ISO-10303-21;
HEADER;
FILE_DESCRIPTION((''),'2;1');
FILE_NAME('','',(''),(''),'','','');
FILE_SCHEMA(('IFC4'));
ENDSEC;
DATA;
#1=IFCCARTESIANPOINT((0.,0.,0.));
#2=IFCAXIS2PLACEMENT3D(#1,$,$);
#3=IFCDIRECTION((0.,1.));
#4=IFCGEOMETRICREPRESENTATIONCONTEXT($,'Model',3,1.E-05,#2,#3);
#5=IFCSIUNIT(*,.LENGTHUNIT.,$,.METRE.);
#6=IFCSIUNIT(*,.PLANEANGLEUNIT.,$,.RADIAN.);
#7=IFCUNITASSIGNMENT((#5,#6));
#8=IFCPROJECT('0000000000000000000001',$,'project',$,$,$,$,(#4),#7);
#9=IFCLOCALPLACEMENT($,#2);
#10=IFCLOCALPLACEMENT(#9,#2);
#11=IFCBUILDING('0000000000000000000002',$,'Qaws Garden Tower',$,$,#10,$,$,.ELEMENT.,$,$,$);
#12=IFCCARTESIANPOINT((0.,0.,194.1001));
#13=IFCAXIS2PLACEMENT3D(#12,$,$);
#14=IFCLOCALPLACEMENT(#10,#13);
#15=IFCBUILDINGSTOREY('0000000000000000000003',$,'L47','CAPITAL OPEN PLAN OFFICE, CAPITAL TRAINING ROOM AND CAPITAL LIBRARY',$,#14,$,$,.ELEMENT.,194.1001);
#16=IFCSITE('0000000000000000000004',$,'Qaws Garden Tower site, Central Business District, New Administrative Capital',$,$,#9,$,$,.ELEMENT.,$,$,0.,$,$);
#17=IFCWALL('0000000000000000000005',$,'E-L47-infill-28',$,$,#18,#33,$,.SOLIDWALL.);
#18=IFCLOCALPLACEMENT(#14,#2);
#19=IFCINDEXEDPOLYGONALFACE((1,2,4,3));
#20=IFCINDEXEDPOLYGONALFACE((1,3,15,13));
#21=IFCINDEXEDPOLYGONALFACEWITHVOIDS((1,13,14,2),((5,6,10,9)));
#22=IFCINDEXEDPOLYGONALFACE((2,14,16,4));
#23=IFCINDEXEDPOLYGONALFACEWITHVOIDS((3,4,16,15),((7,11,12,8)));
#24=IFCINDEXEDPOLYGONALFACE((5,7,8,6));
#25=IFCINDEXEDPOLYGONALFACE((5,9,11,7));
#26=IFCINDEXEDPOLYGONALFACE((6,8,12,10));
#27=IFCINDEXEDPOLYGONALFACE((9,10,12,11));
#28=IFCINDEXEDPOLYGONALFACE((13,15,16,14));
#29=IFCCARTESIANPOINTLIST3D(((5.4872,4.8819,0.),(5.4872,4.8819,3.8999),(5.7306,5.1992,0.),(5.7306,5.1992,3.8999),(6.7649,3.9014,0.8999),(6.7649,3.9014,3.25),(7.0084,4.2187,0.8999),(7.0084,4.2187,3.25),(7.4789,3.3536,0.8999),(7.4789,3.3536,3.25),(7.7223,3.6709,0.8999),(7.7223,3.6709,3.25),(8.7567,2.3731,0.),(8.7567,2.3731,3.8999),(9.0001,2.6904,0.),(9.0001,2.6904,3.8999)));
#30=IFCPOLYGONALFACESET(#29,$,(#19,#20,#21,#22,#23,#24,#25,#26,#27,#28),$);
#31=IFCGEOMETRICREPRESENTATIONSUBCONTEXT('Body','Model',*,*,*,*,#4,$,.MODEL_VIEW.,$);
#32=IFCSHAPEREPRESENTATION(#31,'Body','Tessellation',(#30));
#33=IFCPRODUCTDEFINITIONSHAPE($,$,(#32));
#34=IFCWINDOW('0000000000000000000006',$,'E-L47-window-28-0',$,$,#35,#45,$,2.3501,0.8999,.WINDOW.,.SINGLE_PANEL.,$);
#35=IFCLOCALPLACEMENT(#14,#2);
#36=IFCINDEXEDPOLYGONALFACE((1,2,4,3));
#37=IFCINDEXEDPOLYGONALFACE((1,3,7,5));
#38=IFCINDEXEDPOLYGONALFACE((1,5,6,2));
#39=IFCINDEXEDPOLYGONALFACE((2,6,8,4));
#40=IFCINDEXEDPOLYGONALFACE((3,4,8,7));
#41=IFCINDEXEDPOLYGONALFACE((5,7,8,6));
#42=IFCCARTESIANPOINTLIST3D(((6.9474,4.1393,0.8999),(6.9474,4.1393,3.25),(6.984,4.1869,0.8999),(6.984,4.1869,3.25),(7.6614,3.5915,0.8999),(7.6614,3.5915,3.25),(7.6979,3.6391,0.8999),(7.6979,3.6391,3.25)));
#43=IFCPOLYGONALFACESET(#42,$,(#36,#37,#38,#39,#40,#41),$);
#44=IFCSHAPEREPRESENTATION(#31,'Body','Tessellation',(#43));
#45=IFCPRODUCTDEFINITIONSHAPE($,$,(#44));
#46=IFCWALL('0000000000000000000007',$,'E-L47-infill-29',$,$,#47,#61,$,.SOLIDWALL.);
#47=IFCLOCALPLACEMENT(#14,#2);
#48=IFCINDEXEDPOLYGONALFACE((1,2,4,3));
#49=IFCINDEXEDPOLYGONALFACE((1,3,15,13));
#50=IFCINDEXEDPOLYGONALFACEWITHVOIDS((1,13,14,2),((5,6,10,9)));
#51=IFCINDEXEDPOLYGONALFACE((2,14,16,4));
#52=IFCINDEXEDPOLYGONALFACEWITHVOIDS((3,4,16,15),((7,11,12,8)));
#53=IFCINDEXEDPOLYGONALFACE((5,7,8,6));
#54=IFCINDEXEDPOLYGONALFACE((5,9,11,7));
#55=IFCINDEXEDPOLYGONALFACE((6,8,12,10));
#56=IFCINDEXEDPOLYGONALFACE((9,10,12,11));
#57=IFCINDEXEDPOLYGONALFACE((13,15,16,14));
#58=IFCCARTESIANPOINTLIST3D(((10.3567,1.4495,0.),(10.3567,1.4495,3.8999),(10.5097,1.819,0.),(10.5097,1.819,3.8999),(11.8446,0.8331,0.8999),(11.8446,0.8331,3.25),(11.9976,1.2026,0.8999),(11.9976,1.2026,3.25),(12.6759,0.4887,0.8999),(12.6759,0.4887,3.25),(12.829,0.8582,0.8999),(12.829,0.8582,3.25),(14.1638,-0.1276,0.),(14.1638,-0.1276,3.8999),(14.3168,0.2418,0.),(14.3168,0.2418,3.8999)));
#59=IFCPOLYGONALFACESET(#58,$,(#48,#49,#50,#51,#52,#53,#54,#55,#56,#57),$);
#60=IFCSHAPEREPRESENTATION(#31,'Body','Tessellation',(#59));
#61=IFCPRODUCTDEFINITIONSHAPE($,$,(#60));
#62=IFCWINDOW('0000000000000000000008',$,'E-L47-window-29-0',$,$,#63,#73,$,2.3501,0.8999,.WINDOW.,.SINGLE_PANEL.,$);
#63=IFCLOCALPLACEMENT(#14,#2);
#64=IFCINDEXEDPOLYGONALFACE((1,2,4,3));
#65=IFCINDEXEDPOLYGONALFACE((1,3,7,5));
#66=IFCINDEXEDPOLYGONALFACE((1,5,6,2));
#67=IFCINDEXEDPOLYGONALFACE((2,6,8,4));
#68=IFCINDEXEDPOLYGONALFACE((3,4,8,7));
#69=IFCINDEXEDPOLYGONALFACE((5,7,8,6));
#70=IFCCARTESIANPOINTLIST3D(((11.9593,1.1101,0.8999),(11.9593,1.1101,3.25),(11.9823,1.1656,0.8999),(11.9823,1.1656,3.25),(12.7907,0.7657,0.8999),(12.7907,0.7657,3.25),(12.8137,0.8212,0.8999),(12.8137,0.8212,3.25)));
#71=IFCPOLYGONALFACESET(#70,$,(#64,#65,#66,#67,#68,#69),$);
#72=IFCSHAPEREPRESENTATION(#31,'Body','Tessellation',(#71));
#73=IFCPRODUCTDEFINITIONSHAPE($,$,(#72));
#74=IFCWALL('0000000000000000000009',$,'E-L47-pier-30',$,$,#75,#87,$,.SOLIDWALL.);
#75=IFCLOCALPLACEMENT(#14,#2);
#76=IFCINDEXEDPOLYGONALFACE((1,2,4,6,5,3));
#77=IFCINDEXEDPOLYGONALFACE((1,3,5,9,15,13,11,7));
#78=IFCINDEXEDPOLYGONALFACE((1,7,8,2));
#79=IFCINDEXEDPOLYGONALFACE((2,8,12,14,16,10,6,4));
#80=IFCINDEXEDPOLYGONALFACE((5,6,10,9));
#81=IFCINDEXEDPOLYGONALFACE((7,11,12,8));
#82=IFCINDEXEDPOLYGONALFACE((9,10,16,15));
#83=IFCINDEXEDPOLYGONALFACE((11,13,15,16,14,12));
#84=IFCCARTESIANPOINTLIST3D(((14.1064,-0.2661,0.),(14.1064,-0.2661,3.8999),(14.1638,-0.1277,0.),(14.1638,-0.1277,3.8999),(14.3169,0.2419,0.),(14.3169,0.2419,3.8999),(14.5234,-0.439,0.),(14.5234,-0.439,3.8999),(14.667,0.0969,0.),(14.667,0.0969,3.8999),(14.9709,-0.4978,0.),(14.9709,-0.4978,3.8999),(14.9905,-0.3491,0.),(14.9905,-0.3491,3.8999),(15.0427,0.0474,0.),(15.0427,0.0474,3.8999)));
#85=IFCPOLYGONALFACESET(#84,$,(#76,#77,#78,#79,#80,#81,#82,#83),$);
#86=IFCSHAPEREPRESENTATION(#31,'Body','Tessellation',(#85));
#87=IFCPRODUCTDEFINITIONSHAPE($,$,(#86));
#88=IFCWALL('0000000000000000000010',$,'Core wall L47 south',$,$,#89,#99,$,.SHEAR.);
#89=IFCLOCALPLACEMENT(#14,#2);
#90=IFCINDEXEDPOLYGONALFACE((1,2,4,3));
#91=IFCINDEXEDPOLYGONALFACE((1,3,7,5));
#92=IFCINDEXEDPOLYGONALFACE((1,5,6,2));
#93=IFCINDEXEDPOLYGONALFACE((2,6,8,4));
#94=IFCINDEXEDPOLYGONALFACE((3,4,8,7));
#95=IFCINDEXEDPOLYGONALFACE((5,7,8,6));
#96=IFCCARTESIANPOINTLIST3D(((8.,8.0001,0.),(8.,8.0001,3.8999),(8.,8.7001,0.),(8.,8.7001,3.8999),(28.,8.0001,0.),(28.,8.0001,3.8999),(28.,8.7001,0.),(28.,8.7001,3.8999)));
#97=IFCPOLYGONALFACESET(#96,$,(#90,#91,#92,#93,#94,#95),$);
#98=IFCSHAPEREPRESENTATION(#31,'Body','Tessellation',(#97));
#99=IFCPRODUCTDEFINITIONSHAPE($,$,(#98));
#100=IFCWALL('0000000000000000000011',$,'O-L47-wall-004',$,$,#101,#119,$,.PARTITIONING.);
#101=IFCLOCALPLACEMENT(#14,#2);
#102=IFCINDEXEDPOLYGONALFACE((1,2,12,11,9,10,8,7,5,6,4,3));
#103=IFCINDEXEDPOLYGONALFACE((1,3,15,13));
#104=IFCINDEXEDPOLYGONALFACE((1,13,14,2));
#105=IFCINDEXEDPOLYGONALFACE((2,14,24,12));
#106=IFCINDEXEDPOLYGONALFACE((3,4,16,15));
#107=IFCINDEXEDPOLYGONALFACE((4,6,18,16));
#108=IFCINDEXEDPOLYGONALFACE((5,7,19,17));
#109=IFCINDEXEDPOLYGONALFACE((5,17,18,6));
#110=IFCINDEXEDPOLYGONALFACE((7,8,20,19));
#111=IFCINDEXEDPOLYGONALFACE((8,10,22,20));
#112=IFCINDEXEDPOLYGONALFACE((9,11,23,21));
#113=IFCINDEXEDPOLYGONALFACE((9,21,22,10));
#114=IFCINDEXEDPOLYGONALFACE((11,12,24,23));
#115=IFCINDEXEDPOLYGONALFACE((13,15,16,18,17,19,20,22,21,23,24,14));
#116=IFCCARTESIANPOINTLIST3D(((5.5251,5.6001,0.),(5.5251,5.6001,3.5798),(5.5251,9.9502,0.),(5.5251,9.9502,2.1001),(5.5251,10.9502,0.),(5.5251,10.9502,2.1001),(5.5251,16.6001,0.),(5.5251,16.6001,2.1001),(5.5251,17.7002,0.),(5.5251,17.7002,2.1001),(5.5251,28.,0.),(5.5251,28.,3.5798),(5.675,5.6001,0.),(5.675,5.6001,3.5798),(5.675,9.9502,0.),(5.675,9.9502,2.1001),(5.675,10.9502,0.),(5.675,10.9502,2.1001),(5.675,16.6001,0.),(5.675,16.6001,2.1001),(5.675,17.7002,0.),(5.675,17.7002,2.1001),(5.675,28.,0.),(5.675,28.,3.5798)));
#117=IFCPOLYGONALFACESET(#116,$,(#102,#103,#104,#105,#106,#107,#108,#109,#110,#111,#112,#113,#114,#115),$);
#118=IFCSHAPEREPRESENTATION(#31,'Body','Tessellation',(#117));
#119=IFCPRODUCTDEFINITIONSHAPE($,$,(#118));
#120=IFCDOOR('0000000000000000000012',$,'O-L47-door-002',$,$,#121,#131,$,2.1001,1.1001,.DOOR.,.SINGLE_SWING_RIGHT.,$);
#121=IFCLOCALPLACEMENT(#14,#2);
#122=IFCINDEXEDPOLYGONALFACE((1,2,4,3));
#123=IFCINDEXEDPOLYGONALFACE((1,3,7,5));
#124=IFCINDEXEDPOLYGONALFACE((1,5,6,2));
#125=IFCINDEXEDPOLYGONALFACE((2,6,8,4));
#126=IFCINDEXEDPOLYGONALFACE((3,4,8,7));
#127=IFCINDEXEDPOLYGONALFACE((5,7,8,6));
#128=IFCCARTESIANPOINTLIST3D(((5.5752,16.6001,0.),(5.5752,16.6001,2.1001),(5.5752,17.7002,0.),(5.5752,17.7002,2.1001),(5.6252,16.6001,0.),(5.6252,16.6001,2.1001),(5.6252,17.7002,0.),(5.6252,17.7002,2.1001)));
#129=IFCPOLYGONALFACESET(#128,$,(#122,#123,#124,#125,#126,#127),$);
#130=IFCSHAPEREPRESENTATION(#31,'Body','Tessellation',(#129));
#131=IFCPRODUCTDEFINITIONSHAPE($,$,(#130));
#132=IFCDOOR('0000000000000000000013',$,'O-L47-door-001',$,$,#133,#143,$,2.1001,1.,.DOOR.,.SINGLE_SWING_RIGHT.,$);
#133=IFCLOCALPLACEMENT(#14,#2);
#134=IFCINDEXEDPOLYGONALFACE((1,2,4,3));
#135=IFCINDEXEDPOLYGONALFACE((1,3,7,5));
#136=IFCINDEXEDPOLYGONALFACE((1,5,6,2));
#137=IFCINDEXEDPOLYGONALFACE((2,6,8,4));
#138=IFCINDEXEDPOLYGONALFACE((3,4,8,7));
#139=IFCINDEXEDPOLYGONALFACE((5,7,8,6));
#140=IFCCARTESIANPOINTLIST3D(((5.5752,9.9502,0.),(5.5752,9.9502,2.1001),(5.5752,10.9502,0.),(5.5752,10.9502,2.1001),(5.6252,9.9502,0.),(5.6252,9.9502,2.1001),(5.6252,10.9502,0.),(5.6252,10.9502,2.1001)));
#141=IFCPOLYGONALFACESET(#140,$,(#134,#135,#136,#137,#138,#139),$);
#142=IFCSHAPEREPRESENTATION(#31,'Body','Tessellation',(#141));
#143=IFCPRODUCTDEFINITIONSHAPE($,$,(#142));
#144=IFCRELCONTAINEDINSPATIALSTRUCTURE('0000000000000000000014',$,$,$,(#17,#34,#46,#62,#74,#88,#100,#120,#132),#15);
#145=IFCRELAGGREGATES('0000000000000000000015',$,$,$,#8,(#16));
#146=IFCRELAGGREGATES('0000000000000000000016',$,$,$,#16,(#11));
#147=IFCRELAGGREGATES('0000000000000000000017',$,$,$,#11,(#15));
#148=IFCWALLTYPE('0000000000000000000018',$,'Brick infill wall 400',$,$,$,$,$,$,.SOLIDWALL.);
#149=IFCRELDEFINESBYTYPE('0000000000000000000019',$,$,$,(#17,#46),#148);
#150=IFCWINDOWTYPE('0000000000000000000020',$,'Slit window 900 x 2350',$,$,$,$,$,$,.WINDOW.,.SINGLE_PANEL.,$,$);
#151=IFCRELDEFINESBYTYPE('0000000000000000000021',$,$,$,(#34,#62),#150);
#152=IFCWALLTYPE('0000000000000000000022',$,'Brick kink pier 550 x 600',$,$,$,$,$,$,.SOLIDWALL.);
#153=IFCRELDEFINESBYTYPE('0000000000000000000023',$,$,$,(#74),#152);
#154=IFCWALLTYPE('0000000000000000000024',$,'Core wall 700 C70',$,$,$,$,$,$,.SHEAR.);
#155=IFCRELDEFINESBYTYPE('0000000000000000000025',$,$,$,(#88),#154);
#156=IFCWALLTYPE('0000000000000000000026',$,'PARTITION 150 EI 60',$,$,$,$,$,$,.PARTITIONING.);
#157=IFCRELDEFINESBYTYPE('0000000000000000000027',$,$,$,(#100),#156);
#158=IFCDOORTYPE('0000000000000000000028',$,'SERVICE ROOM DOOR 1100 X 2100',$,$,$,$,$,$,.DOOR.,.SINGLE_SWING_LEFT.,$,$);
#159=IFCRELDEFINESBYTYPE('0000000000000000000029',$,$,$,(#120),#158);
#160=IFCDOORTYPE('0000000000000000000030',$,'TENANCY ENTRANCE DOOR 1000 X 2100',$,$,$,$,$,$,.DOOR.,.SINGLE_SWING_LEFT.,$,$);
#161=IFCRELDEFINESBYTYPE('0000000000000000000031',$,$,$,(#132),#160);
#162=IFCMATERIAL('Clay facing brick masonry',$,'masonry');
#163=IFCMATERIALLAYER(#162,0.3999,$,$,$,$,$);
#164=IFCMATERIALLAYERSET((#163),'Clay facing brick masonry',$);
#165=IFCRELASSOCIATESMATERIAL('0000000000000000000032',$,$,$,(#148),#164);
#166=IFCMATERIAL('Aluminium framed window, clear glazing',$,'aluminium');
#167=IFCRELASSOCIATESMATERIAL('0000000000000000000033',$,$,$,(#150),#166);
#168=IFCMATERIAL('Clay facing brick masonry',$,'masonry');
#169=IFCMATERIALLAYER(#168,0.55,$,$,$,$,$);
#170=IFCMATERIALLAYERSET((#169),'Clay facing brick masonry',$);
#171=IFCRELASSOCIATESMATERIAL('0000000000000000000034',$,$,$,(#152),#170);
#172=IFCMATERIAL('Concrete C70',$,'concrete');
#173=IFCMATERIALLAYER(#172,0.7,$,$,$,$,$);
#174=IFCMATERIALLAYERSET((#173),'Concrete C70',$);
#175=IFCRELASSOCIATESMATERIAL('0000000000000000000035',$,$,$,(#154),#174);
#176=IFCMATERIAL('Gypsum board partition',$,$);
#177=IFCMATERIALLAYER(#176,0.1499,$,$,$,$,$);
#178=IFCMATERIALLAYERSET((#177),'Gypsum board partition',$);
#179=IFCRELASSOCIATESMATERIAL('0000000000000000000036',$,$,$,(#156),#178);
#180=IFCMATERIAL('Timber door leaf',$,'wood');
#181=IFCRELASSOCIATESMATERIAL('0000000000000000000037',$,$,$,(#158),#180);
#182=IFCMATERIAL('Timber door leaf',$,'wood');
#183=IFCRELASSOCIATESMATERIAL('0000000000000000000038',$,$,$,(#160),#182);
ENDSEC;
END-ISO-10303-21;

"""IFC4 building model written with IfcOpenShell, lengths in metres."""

from ifc_helpers import new_model, si_unit, direction, frame, frame_2d, origin, place, context, subcontext, project, spatial, polyline, rectangle, outline, extrude, material, layer, layer_set, type_object, element, fill, save


model = new_model("IFC4")

# Units and contexts
model_context = context("Model", 3, precision=1e-05, world=origin(), true_north=direction((0.0, 1.0)))
body_context = subcontext(model_context, "Body", "Model", "MODEL_VIEW")
ifc_project = project(units=[si_unit("LENGTHUNIT", "METRE"), si_unit("PLANEANGLEUNIT", "RADIAN")], contexts=[model_context])

# Site, building, storey
site_placement = place(None, origin())
site = spatial("IfcSite", under=ifc_project, at=site_placement, Name="Qaws Garden Tower site, Central Business District, New Administrative Capital", CompositionType="ELEMENT", RefElevation=0.0)
building_placement = place(site_placement, origin())
building = spatial("IfcBuilding", under=site, at=building_placement, Name="Qaws Garden Tower", CompositionType="ELEMENT")
storey_placement = place(building_placement, frame((0.0, 0.0, 194.1001)))
storey = spatial("IfcBuildingStorey", under=building, at=storey_placement, Name="L47", Description="CAPITAL OPEN PLAN OFFICE, CAPITAL TRAINING ROOM AND CAPITAL LIBRARY", CompositionType="ELEMENT", Elevation=194.1001)

# Shared definitions
placement_1 = place(storey_placement, origin())

# Walls, openings, windows
ifc_material_1 = material(Name="Clay facing brick masonry", Category="masonry")
ifc_layer_1 = layer(ifc_material_1, 0.3999)
ifc_layer_set_1 = layer_set([ifc_layer_1], Name="Clay facing brick masonry")
wall_type_1 = type_object("IfcWallType", Name="Brick infill wall 400", PredefinedType="SOLIDWALL", material=ifc_layer_set_1)
ifc_material_2 = material(Name="Aluminium framed window, clear glazing", Category="aluminium")
window_type = type_object("IfcWindowType", Name="Slit window 900 x 2350", PartitioningType="SINGLE_PANEL", PredefinedType="WINDOW", material=ifc_material_2)
wall_1_placement = place(storey_placement, frame((5.6089, 5.0405, 0.0), z_axis=(0.0, 0.0, 1.0), x_axis=(0.793355, -0.60876, 0.0)))
wall_1 = element("IfcWall", 1, at=wall_1_placement, inside=storey, type_object=wall_type_1, Name="E-L47-infill-28", PredefinedType="SOLIDWALL", context=body_context, shape_type="SweptSolid", body=[
    extrude(rectangle(XDim=4.1211, YDim=0.3999, at=frame_2d((2.0605, 0.0))), origin(), (0.0, 0.0, 1.0), 3.8999),
])
opening_1_placement = place(wall_1_placement, frame((1.6106, 0.0, 0.8999)))
opening_1 = element("IfcOpeningElement", 2, at=opening_1_placement, cuts=wall_1, PredefinedType="OPENING", context=body_context, shape_type="SweptSolid", body=[
    extrude(rectangle(XDim=0.8999, YDim=2.3501, at=frame_2d((0.45, 1.175))), frame((0.0, 0.21, 0.0), z_axis=(0.0, -1.0, 0.0), x_axis=(1.0, 0.0, 0.0)), (0.0, 0.0, 1.0), 0.4199),
])
window_1_placement = place(opening_1_placement, origin())
window_1 = element("IfcWindow", 3, at=window_1_placement, inside=storey, type_object=window_type, Name="E-L47-window-28-0", OverallHeight=2.3501, OverallWidth=0.8999, PartitioningType="SINGLE_PANEL", PredefinedType="WINDOW", context=body_context, shape_type="SweptSolid", body=[
    extrude(rectangle(XDim=0.8999, YDim=2.3501, at=frame_2d((0.45, 1.175))), frame((0.0, 0.1599, 0.0), z_axis=(0.0, -1.0, 0.0), x_axis=(1.0, 0.0, 0.0)), (0.0, 0.0, 1.0), 0.0601),
])
fill(opening_1, window_1)
wall_2_placement = place(storey_placement, frame((10.4331, 1.6343, 0.0), z_axis=(0.0, 0.0, 1.0), x_axis=(0.923864, -0.382722, 0.0)))
wall_2 = element("IfcWall", 4, at=wall_2_placement, inside=storey, type_object=wall_type_1, Name="E-L47-infill-29", PredefinedType="SOLIDWALL", context=body_context, shape_type="SweptSolid", body=[
    extrude(rectangle(XDim=4.1208, YDim=0.3999, at=frame_2d((2.0605, 0.0))), origin(), (0.0, 0.0, 1.0), 3.8999),
])
opening_2_placement = place(wall_2_placement, frame((1.6106, 0.0, 0.8999)))
opening_2 = element("IfcOpeningElement", 5, at=opening_2_placement, cuts=wall_2, PredefinedType="OPENING", context=body_context, shape_type="SweptSolid", body=[
    extrude(rectangle(XDim=0.8999, YDim=2.3501, at=frame_2d((0.45, 1.175))), frame((0.0, 0.21, 0.0), z_axis=(0.0, -1.0, 0.0), x_axis=(1.0, 0.0, 0.0)), (0.0, 0.0, 1.0), 0.4199),
])
window_2_placement = place(opening_2_placement, origin())
window_2 = element("IfcWindow", 6, at=window_2_placement, inside=storey, type_object=window_type, Name="E-L47-window-29-0", OverallHeight=2.3501, OverallWidth=0.8999, PartitioningType="SINGLE_PANEL", PredefinedType="WINDOW", context=body_context, shape_type="SweptSolid", body=[
    extrude(rectangle(XDim=0.8999, YDim=2.3501, at=frame_2d((0.45, 1.175))), frame((0.0, 0.1599, 0.0), z_axis=(0.0, -1.0, 0.0), x_axis=(1.0, 0.0, 0.0)), (0.0, 0.0, 1.0), 0.0601),
])
fill(opening_2, window_2)

# Walls
ifc_material_3 = material(Name="Clay facing brick masonry", Category="masonry")
ifc_layer_2 = layer(ifc_material_3, 0.55)
ifc_layer_set_2 = layer_set([ifc_layer_2], Name="Clay facing brick masonry")
wall_type_2 = type_object("IfcWallType", Name="Brick kink pier 550 x 600", PredefinedType="SOLIDWALL", material=ifc_layer_set_2)
element("IfcWall", 7, at=placement_1, inside=storey, type_object=wall_type_2, Name="E-L47-pier-30", PredefinedType="SOLIDWALL", context=body_context, shape_type="SweptSolid", body=[
    extrude(outline(polyline([(14.1638, -0.1277), (14.1064, -0.2661), (14.5234, -0.439), (14.9709, -0.4978), (14.9905, -0.3491), (15.0427, 0.0474), (14.667, 0.0969), (14.3169, 0.2419), (14.1638, -0.1277)])), origin(), (0.0, 0.0, 1.0), 3.8999),
])
ifc_material_4 = material(Name="Concrete C70", Category="concrete")
ifc_layer_3 = layer(ifc_material_4, 0.7)
ifc_layer_set_3 = layer_set([ifc_layer_3], Name="Concrete C70")
wall_type_3 = type_object("IfcWallType", Name="Core wall 700 C70", PredefinedType="SHEAR", material=ifc_layer_set_3)
wall_3_placement = place(storey_placement, frame((8.0, 8.3501, 0.0), z_axis=(0.0, 0.0, 1.0), x_axis=(1.0, 0.0, 0.0)))
element("IfcWall", 8, at=wall_3_placement, inside=storey, type_object=wall_type_3, Name="Core wall L47 south", PredefinedType="SHEAR", context=body_context, shape_type="SweptSolid", body=[
    extrude(rectangle(XDim=20.0, YDim=0.7, at=frame_2d((10.0, 0.0))), origin(), (0.0, 0.0, 1.0), 3.8999),
])

# Wall, openings, doors
ifc_material_5 = material(Name="Gypsum board partition")
ifc_layer_4 = layer(ifc_material_5, 0.1499)
ifc_layer_set_4 = layer_set([ifc_layer_4], Name="Gypsum board partition")
wall_type_4 = type_object("IfcWallType", Name="PARTITION 150 EI 60", PredefinedType="PARTITIONING", material=ifc_layer_set_4)
wall_4_placement = place(storey_placement, frame((5.6001, 5.6001, 0.0), z_axis=(0.0, 0.0, 1.0), x_axis=(0.0, 1.0, 0.0)))
wall_4 = element("IfcWall", 9, at=wall_4_placement, inside=storey, type_object=wall_type_4, Name="O-L47-wall-004", PredefinedType="PARTITIONING", context=body_context, shape_type="SweptSolid", body=[
    extrude(rectangle(XDim=22.3999, YDim=0.1499, at=frame_2d((11.2, 0.0))), origin(), (0.0, 0.0, 1.0), 3.5798),
])
opening_3_placement = place(wall_4_placement, frame((4.3501, 0.0, 0.0)))
opening_3 = element("IfcOpeningElement", 10, at=opening_3_placement, cuts=wall_4, PredefinedType="OPENING", context=body_context, shape_type="SweptSolid", body=[
    extrude(rectangle(XDim=1.0, YDim=2.1001, at=frame_2d((0.5, 1.05))), frame((0.0, 0.085, 0.0), z_axis=(0.0, -1.0, 0.0), x_axis=(1.0, 0.0, 0.0)), (0.0, 0.0, 1.0), 0.1699),
])
opening_4_placement = place(wall_4_placement, frame((11.0, 0.0, 0.0)))
opening_4 = element("IfcOpeningElement", 11, at=opening_4_placement, cuts=wall_4, PredefinedType="OPENING", context=body_context, shape_type="SweptSolid", body=[
    extrude(rectangle(XDim=1.1001, YDim=2.1001, at=frame_2d((0.55, 1.05))), frame((0.0, 0.085, 0.0), z_axis=(0.0, -1.0, 0.0), x_axis=(1.0, 0.0, 0.0)), (0.0, 0.0, 1.0), 0.1699),
])
ifc_material_6 = material(Name="Timber door leaf", Category="wood")
door_type_1 = type_object("IfcDoorType", Name="SERVICE ROOM DOOR 1100 X 2100", OperationType="SINGLE_SWING_LEFT", PredefinedType="DOOR", material=ifc_material_6)
door_1_placement = place(opening_4_placement, origin())
door_1 = element("IfcDoor", 12, at=door_1_placement, inside=storey, type_object=door_type_1, Name="O-L47-door-002", OperationType="SINGLE_SWING_RIGHT", OverallHeight=2.1001, OverallWidth=1.1001, PredefinedType="DOOR", context=body_context, shape_type="SweptSolid", body=[
    extrude(rectangle(XDim=1.1001, YDim=2.1001, at=frame_2d((0.55, 1.05))), frame((0.0, 0.0249, 0.0), z_axis=(0.0, -1.0, 0.0), x_axis=(1.0, 0.0, 0.0)), (0.0, 0.0, 1.0), 0.05),
])
fill(opening_4, door_1)
ifc_material_7 = material(Name="Timber door leaf", Category="wood")
door_type_2 = type_object("IfcDoorType", Name="TENANCY ENTRANCE DOOR 1000 X 2100", OperationType="SINGLE_SWING_LEFT", PredefinedType="DOOR", material=ifc_material_7)
door_2_placement = place(opening_3_placement, origin())
door_2 = element("IfcDoor", 13, at=door_2_placement, inside=storey, type_object=door_type_2, Name="O-L47-door-001", OperationType="SINGLE_SWING_RIGHT", OverallHeight=2.1001, OverallWidth=1.0, PredefinedType="DOOR", context=body_context, shape_type="SweptSolid", body=[
    extrude(rectangle(XDim=1.0, YDim=2.1001, at=frame_2d((0.5, 1.05))), frame((0.0, 0.0249, 0.0), z_axis=(0.0, -1.0, 0.0), x_axis=(1.0, 0.0, 0.0)), (0.0, 0.0, 1.0), 0.05),
])
fill(opening_3, door_2)

save(model, "model.ifc")
